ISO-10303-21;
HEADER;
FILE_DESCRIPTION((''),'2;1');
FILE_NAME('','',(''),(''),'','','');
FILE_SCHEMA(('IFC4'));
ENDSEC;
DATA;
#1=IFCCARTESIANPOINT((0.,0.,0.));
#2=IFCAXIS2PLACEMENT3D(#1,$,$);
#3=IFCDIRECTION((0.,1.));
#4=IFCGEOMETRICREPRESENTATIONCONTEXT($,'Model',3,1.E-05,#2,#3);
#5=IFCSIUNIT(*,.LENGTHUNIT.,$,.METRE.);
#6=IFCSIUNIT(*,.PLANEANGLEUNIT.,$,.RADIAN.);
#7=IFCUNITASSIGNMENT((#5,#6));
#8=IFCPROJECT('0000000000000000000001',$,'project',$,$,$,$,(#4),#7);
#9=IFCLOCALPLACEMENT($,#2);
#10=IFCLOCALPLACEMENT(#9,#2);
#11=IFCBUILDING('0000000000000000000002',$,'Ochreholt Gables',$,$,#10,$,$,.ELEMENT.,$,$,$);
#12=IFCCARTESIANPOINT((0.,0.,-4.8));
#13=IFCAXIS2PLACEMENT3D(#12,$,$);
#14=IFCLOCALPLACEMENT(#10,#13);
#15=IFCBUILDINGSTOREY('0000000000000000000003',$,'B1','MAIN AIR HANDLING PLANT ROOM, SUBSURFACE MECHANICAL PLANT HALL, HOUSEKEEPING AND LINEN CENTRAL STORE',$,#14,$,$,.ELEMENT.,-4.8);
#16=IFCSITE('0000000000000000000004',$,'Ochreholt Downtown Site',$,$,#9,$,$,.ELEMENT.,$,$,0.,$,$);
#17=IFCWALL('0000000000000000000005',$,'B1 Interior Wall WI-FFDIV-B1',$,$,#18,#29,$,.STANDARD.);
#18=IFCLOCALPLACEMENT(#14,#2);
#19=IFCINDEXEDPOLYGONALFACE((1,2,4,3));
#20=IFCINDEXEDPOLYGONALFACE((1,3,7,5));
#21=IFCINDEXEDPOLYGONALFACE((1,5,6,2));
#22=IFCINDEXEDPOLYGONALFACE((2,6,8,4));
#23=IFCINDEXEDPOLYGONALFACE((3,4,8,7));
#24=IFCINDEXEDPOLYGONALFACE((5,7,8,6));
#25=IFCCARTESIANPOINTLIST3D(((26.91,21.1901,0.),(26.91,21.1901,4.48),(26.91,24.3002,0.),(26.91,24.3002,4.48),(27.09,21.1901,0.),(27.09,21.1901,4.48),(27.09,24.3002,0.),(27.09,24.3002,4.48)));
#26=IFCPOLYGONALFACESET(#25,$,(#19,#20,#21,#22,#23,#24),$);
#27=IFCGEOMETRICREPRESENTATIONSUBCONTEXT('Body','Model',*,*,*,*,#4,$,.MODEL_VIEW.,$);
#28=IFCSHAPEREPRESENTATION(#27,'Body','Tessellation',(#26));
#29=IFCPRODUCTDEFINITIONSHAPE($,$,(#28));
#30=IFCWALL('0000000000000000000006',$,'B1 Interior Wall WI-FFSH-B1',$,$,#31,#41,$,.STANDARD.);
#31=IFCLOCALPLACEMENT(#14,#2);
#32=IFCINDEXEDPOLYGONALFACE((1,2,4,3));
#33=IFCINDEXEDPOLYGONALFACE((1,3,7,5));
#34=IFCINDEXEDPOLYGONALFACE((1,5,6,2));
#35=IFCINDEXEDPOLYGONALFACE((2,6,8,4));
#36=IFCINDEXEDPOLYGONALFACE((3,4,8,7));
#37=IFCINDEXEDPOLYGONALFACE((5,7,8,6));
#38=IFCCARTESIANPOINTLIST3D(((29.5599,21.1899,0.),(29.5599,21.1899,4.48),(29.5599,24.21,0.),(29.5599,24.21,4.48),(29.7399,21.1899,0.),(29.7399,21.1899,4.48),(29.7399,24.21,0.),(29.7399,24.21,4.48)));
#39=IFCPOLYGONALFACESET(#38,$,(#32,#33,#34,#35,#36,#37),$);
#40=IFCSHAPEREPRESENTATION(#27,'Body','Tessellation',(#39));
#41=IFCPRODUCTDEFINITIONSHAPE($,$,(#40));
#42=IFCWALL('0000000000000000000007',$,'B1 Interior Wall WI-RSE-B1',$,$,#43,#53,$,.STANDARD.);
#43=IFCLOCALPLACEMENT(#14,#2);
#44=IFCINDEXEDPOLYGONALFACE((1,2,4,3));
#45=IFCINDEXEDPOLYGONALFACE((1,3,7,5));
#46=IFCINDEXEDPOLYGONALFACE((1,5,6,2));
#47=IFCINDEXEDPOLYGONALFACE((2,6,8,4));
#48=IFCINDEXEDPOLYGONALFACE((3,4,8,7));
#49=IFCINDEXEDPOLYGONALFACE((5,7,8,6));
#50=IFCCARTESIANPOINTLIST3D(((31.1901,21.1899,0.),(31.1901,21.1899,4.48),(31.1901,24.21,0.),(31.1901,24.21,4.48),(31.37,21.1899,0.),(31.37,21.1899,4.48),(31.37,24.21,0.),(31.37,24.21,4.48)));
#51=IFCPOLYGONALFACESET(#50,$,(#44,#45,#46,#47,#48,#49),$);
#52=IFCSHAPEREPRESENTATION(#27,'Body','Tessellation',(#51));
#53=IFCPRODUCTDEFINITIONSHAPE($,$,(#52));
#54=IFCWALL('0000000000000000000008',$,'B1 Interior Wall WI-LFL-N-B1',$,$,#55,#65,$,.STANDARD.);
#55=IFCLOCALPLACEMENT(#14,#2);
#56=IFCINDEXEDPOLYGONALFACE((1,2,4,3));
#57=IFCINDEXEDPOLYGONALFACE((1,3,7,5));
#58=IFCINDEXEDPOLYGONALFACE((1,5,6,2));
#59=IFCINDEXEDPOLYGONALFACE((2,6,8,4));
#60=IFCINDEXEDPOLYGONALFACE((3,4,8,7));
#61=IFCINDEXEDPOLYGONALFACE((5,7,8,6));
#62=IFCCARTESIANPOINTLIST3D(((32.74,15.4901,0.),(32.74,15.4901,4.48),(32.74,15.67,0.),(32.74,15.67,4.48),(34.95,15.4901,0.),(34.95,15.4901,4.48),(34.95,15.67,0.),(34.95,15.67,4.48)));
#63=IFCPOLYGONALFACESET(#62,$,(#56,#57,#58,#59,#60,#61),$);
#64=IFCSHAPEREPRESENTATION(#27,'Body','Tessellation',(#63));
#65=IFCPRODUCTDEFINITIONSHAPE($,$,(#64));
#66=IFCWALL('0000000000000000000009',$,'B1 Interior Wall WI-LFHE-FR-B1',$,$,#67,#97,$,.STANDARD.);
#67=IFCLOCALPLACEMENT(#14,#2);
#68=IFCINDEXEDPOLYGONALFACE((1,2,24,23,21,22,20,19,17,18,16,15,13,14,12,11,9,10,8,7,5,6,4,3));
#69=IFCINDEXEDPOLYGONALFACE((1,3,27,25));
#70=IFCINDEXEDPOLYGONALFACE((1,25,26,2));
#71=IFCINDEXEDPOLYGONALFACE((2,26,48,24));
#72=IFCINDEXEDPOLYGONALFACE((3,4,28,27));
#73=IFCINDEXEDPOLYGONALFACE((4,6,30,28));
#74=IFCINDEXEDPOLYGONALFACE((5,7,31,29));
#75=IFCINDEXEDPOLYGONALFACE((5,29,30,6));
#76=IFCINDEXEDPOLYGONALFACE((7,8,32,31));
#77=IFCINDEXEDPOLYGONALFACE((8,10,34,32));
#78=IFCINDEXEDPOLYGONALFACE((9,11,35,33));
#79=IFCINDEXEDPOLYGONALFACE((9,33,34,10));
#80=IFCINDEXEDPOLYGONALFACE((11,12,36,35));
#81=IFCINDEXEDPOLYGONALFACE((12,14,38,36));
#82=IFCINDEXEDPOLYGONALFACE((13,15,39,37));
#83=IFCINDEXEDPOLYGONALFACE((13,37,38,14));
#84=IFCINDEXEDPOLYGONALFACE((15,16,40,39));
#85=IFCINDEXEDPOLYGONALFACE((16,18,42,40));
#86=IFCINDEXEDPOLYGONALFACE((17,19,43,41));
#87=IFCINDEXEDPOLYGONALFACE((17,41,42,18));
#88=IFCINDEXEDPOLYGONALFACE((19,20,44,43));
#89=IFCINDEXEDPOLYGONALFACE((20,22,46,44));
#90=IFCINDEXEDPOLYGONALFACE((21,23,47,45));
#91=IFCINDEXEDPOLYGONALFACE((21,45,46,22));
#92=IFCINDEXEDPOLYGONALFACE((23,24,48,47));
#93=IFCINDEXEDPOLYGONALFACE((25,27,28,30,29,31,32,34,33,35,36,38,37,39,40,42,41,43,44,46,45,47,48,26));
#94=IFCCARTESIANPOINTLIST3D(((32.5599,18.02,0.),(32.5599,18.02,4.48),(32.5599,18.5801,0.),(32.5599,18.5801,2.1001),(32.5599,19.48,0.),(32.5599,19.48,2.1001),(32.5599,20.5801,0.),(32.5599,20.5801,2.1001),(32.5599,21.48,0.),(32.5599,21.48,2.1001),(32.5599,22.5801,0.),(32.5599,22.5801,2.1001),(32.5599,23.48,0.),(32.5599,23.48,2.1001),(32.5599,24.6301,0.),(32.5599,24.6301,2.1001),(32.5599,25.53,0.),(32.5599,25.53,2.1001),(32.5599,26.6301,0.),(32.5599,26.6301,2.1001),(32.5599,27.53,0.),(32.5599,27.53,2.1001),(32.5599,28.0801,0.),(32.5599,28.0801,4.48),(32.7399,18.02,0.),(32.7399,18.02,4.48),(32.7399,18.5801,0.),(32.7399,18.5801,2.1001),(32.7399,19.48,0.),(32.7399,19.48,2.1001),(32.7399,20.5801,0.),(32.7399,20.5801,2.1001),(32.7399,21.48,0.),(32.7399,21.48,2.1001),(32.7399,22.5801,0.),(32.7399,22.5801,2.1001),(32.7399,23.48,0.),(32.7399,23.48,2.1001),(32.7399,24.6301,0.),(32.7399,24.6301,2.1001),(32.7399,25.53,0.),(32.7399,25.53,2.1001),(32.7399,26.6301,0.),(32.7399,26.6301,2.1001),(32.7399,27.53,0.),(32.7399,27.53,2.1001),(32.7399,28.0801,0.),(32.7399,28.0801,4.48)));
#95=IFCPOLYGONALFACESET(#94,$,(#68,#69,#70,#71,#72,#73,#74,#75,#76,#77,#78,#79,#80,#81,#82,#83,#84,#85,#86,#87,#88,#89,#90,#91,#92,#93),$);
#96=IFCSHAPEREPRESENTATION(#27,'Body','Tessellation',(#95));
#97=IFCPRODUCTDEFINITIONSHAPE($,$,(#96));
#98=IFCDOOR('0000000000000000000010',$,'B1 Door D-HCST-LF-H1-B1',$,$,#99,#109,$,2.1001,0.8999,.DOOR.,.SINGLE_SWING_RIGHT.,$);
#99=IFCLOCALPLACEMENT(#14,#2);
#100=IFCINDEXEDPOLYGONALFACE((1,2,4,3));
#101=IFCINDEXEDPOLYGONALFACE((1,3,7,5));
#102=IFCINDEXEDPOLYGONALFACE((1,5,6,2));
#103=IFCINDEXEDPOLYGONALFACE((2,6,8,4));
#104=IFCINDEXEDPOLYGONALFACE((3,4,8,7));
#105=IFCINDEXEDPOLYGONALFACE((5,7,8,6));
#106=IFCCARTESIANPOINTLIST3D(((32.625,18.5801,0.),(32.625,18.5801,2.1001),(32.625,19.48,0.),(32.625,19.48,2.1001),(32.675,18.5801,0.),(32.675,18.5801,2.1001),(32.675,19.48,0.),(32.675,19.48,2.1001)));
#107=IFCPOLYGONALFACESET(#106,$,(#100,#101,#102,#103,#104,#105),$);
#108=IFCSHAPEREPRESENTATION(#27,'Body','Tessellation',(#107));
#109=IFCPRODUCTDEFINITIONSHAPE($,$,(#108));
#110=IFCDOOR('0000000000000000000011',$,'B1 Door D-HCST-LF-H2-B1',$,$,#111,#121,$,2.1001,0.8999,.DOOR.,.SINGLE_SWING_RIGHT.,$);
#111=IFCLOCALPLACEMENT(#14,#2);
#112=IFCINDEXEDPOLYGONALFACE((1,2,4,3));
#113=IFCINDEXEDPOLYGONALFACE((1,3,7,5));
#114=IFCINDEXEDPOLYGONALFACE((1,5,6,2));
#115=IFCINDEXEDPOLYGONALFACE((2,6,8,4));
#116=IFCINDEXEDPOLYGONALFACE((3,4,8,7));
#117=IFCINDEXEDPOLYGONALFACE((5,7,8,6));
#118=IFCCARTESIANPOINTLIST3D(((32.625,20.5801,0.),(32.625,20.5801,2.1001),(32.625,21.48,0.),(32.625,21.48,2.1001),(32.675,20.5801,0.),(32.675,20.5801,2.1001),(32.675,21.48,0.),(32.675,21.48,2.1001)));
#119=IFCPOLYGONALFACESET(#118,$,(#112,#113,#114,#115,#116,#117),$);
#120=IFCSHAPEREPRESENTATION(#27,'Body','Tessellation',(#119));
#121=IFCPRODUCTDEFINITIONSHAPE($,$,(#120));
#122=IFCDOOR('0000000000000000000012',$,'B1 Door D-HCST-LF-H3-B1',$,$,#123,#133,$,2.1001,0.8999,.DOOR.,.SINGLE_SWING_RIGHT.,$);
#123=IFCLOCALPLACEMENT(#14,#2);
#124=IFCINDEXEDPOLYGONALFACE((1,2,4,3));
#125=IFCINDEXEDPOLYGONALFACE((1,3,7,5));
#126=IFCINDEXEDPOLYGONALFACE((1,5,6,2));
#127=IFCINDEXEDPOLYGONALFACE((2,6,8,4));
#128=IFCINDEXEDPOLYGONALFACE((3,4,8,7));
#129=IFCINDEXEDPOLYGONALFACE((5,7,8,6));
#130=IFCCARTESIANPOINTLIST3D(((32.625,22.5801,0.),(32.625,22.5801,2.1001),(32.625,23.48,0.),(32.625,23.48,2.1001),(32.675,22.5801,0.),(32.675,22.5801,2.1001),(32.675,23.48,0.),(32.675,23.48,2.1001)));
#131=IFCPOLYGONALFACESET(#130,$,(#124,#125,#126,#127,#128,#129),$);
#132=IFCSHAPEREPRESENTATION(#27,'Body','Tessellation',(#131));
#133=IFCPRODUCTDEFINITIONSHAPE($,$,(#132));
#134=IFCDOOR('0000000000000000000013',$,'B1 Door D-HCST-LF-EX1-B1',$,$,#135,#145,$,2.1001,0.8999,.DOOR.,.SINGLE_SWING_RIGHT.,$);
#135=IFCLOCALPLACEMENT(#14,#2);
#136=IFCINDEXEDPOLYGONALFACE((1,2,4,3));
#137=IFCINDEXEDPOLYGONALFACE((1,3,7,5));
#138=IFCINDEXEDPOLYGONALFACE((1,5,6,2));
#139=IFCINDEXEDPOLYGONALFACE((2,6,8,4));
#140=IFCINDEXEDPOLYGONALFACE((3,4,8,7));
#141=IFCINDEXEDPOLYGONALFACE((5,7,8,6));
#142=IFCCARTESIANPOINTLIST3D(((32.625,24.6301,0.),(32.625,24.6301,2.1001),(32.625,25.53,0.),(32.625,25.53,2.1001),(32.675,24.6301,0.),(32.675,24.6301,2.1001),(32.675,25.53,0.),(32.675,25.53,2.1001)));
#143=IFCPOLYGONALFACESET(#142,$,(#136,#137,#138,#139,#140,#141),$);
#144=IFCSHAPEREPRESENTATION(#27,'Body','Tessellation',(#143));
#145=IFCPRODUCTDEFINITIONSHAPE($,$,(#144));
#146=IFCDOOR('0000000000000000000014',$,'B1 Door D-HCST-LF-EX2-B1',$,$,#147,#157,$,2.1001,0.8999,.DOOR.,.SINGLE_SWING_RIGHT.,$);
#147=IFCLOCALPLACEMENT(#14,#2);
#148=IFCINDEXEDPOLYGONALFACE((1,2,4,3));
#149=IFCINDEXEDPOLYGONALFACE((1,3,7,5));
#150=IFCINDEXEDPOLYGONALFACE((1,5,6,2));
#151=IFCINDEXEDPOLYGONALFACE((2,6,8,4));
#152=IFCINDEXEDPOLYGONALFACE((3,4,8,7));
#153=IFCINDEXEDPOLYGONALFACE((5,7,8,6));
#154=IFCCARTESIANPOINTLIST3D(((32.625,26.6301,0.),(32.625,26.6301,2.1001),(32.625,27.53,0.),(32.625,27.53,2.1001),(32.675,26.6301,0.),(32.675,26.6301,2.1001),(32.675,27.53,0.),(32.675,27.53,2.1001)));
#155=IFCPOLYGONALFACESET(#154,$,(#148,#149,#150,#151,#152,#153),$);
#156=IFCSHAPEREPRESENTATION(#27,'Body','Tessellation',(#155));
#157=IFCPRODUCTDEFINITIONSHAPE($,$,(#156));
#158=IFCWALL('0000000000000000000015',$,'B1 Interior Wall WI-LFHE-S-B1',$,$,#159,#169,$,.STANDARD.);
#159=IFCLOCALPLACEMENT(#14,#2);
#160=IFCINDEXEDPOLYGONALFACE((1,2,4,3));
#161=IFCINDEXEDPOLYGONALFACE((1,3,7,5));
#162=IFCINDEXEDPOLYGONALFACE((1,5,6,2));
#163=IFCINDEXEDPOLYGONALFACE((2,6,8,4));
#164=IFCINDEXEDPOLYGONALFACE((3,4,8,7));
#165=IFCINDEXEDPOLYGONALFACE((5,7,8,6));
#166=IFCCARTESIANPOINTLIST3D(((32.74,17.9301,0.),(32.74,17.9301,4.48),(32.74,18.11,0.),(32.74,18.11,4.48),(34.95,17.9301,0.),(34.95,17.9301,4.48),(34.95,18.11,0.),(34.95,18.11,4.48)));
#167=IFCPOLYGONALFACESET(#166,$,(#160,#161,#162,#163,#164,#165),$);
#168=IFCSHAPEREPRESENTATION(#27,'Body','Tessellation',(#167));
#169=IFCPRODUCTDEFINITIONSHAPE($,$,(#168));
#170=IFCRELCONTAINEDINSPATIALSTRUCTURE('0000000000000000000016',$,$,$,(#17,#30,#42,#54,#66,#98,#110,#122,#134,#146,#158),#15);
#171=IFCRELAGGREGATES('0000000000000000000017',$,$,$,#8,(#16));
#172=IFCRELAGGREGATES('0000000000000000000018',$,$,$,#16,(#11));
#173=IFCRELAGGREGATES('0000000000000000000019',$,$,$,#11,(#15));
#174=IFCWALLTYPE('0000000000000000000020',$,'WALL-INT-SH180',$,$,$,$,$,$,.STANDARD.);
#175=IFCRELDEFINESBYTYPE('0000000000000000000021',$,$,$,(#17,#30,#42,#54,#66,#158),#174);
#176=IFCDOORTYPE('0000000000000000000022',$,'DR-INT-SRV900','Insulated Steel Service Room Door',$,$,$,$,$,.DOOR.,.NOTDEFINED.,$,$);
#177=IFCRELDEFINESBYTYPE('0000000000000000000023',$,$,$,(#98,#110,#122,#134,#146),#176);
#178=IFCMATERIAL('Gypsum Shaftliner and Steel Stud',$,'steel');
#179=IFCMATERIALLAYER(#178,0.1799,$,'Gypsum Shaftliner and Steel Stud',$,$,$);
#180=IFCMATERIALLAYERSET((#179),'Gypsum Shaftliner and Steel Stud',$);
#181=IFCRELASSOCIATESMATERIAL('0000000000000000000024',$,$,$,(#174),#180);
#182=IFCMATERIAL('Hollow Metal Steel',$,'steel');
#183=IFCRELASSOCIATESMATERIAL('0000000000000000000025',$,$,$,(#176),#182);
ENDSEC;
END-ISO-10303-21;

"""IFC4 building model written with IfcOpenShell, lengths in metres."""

from ifc_helpers import new_model, si_unit, direction, frame, frame_2d, origin, place, context, subcontext, project, spatial, rectangle, extrude, material, layer, layer_set, type_object, element, fill, save


model = new_model("IFC4")

# Units and contexts
model_context = context("Model", 3, precision=1e-05, world=origin(), true_north=direction((0.0, 1.0)))
body_context = subcontext(model_context, "Body", "Model", "MODEL_VIEW")
ifc_project = project(units=[si_unit("LENGTHUNIT", "METRE"), si_unit("PLANEANGLEUNIT", "RADIAN")], contexts=[model_context])

# Site, building, storey
site_placement = place(None, origin())
site = spatial("IfcSite", under=ifc_project, at=site_placement, Name="Ochreholt Downtown Site", CompositionType="ELEMENT", RefElevation=0.0)
building_placement = place(site_placement, origin())
building = spatial("IfcBuilding", under=site, at=building_placement, Name="Ochreholt Gables", CompositionType="ELEMENT")
storey_placement = place(building_placement, frame((0.0, 0.0, -4.8)))
storey = spatial("IfcBuildingStorey", under=building, at=storey_placement, Name="B1", Description="MAIN AIR HANDLING PLANT ROOM, SUBSURFACE MECHANICAL PLANT HALL, HOUSEKEEPING AND LINEN CENTRAL STORE", CompositionType="ELEMENT", Elevation=-4.8)

# Shared definitions
ifc_material_1 = material(Name="Hollow Metal Steel", Category="steel")

# Walls
ifc_material_2 = material(Name="Gypsum Shaftliner and Steel Stud", Category="steel")
ifc_layer_1 = layer(ifc_material_2, 0.1799, Name="Gypsum Shaftliner and Steel Stud")
ifc_layer_set_1 = layer_set([ifc_layer_1], Name="Gypsum Shaftliner and Steel Stud")
wall_type_1 = type_object("IfcWallType", Name="WALL-INT-SH180", PredefinedType="STANDARD", material=ifc_layer_set_1)
wall_1_placement = place(storey_placement, frame((27.0, 21.1899, 0.0), z_axis=(0.0, 0.0, 1.0), x_axis=(0.0, 1.0, 0.0)))
element("IfcWall", 1, at=wall_1_placement, inside=storey, type_object=wall_type_1, Name="B1 Interior Wall WI-FFDIV-B1", PredefinedType="STANDARD", context=body_context, shape_type="SweptSolid", body=[
    extrude(rectangle(XDim=3.1101, YDim=0.1799, at=frame_2d((1.5552, 0.0))), origin(), (0.0, 0.0, 1.0), 4.48),
])
for number, where, z_axis, x_axis, name in (
    (2, (29.6499, 21.1899, 0.0), (0.0, 0.0, 1.0), (0.0, 1.0, 0.0), "B1 Interior Wall WI-FFSH-B1"),
    (3, (31.28, 21.1899, 0.0), (0.0, 0.0, 1.0), (0.0, 1.0, 0.0), "B1 Interior Wall WI-RSE-B1"),
):
    element("IfcWall", number, at=place(storey_placement, frame(where, z_axis=z_axis, x_axis=x_axis)), inside=storey, type_object=wall_type_1, Name=name, PredefinedType="STANDARD", context=body_context, shape_type="SweptSolid", body=[
        extrude(rectangle(XDim=3.02, YDim=0.1799, at=frame_2d((1.51, 0.0))), origin(), (0.0, 0.0, 1.0), 4.48),
    ])
wall_2_placement = place(storey_placement, frame((32.74, 15.5801, 0.0), z_axis=(0.0, 0.0, 1.0), x_axis=(1.0, 0.0, 0.0)))
element("IfcWall", 4, at=wall_2_placement, inside=storey, type_object=wall_type_1, Name="B1 Interior Wall WI-LFL-N-B1", PredefinedType="STANDARD", context=body_context, shape_type="SweptSolid", body=[
    extrude(rectangle(XDim=2.21, YDim=0.1799, at=frame_2d((1.105, 0.0))), origin(), (0.0, 0.0, 1.0), 4.48),
])

# Wall, openings, doors
wall_3_placement = place(storey_placement, frame((32.6499, 18.02, 0.0), z_axis=(0.0, 0.0, 1.0), x_axis=(0.0, 1.0, 0.0)))
wall_3 = element("IfcWall", 5, at=wall_3_placement, inside=storey, type_object=wall_type_1, Name="B1 Interior Wall WI-LFHE-FR-B1", PredefinedType="STANDARD", context=body_context, shape_type="SweptSolid", body=[
    extrude(rectangle(XDim=10.0601, YDim=0.1799, at=frame_2d((5.03, 0.0))), origin(), (0.0, 0.0, 1.0), 4.48),
])
opening_1_placement = place(wall_3_placement, frame((0.5601, 0.0, 0.0)))
opening_1 = element("IfcOpeningElement", 6, at=opening_1_placement, cuts=wall_3, PredefinedType="OPENING", context=body_context, shape_type="SweptSolid", body=[
    extrude(rectangle(XDim=0.8999, YDim=2.1001, at=frame_2d((0.45, 1.05))), frame((0.0, 0.0999, 0.0), z_axis=(0.0, -1.0, 0.0), x_axis=(1.0, 0.0, 0.0)), (0.0, 0.0, 1.0), 0.2),
])
opening_2_placement = place(wall_3_placement, frame((2.5601, 0.0, 0.0)))
opening_2 = element("IfcOpeningElement", 7, at=opening_2_placement, cuts=wall_3, PredefinedType="OPENING", context=body_context, shape_type="SweptSolid", body=[
    extrude(rectangle(XDim=0.8999, YDim=2.1001, at=frame_2d((0.45, 1.05))), frame((0.0, 0.0999, 0.0), z_axis=(0.0, -1.0, 0.0), x_axis=(1.0, 0.0, 0.0)), (0.0, 0.0, 1.0), 0.2),
])
opening_3_placement = place(wall_3_placement, frame((4.5601, 0.0, 0.0)))
opening_3 = element("IfcOpeningElement", 8, at=opening_3_placement, cuts=wall_3, PredefinedType="OPENING", context=body_context, shape_type="SweptSolid", body=[
    extrude(rectangle(XDim=0.8999, YDim=2.1001, at=frame_2d((0.45, 1.05))), frame((0.0, 0.0999, 0.0), z_axis=(0.0, -1.0, 0.0), x_axis=(1.0, 0.0, 0.0)), (0.0, 0.0, 1.0), 0.2),
])
opening_4_placement = place(wall_3_placement, frame((6.6101, 0.0, 0.0)))
opening_4 = element("IfcOpeningElement", 9, at=opening_4_placement, cuts=wall_3, PredefinedType="OPENING", context=body_context, shape_type="SweptSolid", body=[
    extrude(rectangle(XDim=0.8999, YDim=2.1001, at=frame_2d((0.45, 1.05))), frame((0.0, 0.0999, 0.0), z_axis=(0.0, -1.0, 0.0), x_axis=(1.0, 0.0, 0.0)), (0.0, 0.0, 1.0), 0.2),
])
opening_5_placement = place(wall_3_placement, frame((8.6101, 0.0, 0.0)))
opening_5 = element("IfcOpeningElement", 10, at=opening_5_placement, cuts=wall_3, PredefinedType="OPENING", context=body_context, shape_type="SweptSolid", body=[
    extrude(rectangle(XDim=0.8999, YDim=2.1001, at=frame_2d((0.45, 1.05))), frame((0.0, 0.0999, 0.0), z_axis=(0.0, -1.0, 0.0), x_axis=(1.0, 0.0, 0.0)), (0.0, 0.0, 1.0), 0.2),
])
door_type_1 = type_object("IfcDoorType", Name="DR-INT-SRV900", Description="Insulated Steel Service Room Door", OperationType="NOTDEFINED", PredefinedType="DOOR", material=ifc_material_1)
door_1_placement = place(opening_1_placement, origin())
door_1 = element("IfcDoor", 11, at=door_1_placement, inside=storey, type_object=door_type_1, Name="B1 Door D-HCST-LF-H1-B1", OperationType="SINGLE_SWING_RIGHT", OverallHeight=2.1001, OverallWidth=0.8999, PredefinedType="DOOR", context=body_context, shape_type="SweptSolid", body=[
    extrude(rectangle(XDim=0.8999, YDim=2.1001, at=frame_2d((0.45, 1.05))), frame((0.0, 0.0249, 0.0), z_axis=(0.0, -1.0, 0.0), x_axis=(1.0, 0.0, 0.0)), (0.0, 0.0, 1.0), 0.05),
])
fill(opening_1, door_1)
door_2_placement = place(opening_2_placement, origin())
door_2 = element("IfcDoor", 12, at=door_2_placement, inside=storey, type_object=door_type_1, Name="B1 Door D-HCST-LF-H2-B1", OperationType="SINGLE_SWING_RIGHT", OverallHeight=2.1001, OverallWidth=0.8999, PredefinedType="DOOR", context=body_context, shape_type="SweptSolid", body=[
    extrude(rectangle(XDim=0.8999, YDim=2.1001, at=frame_2d((0.45, 1.05))), frame((0.0, 0.0249, 0.0), z_axis=(0.0, -1.0, 0.0), x_axis=(1.0, 0.0, 0.0)), (0.0, 0.0, 1.0), 0.05),
])
fill(opening_2, door_2)
door_3_placement = place(opening_3_placement, origin())
door_3 = element("IfcDoor", 13, at=door_3_placement, inside=storey, type_object=door_type_1, Name="B1 Door D-HCST-LF-H3-B1", OperationType="SINGLE_SWING_RIGHT", OverallHeight=2.1001, OverallWidth=0.8999, PredefinedType="DOOR", context=body_context, shape_type="SweptSolid", body=[
    extrude(rectangle(XDim=0.8999, YDim=2.1001, at=frame_2d((0.45, 1.05))), frame((0.0, 0.0249, 0.0), z_axis=(0.0, -1.0, 0.0), x_axis=(1.0, 0.0, 0.0)), (0.0, 0.0, 1.0), 0.05),
])
fill(opening_3, door_3)
door_4_placement = place(opening_4_placement, origin())
door_4 = element("IfcDoor", 14, at=door_4_placement, inside=storey, type_object=door_type_1, Name="B1 Door D-HCST-LF-EX1-B1", OperationType="SINGLE_SWING_RIGHT", OverallHeight=2.1001, OverallWidth=0.8999, PredefinedType="DOOR", context=body_context, shape_type="SweptSolid", body=[
    extrude(rectangle(XDim=0.8999, YDim=2.1001, at=frame_2d((0.45, 1.05))), frame((0.0, 0.0249, 0.0), z_axis=(0.0, -1.0, 0.0), x_axis=(1.0, 0.0, 0.0)), (0.0, 0.0, 1.0), 0.05),
])
fill(opening_4, door_4)
door_5_placement = place(opening_5_placement, origin())
door_5 = element("IfcDoor", 15, at=door_5_placement, inside=storey, type_object=door_type_1, Name="B1 Door D-HCST-LF-EX2-B1", OperationType="SINGLE_SWING_RIGHT", OverallHeight=2.1001, OverallWidth=0.8999, PredefinedType="DOOR", context=body_context, shape_type="SweptSolid", body=[
    extrude(rectangle(XDim=0.8999, YDim=2.1001, at=frame_2d((0.45, 1.05))), frame((0.0, 0.0249, 0.0), z_axis=(0.0, -1.0, 0.0), x_axis=(1.0, 0.0, 0.0)), (0.0, 0.0, 1.0), 0.05),
])
fill(opening_5, door_5)

# Wall
wall_4_placement = place(storey_placement, frame((32.74, 18.02, 0.0), z_axis=(0.0, 0.0, 1.0), x_axis=(1.0, 0.0, 0.0)))
element("IfcWall", 16, at=wall_4_placement, inside=storey, type_object=wall_type_1, Name="B1 Interior Wall WI-LFHE-S-B1", PredefinedType="STANDARD", context=body_context, shape_type="SweptSolid", body=[
    extrude(rectangle(XDim=2.21, YDim=0.1799, at=frame_2d((1.105, 0.0))), origin(), (0.0, 0.0, 1.0), 4.48),
])

save(model, "model.ifc")
